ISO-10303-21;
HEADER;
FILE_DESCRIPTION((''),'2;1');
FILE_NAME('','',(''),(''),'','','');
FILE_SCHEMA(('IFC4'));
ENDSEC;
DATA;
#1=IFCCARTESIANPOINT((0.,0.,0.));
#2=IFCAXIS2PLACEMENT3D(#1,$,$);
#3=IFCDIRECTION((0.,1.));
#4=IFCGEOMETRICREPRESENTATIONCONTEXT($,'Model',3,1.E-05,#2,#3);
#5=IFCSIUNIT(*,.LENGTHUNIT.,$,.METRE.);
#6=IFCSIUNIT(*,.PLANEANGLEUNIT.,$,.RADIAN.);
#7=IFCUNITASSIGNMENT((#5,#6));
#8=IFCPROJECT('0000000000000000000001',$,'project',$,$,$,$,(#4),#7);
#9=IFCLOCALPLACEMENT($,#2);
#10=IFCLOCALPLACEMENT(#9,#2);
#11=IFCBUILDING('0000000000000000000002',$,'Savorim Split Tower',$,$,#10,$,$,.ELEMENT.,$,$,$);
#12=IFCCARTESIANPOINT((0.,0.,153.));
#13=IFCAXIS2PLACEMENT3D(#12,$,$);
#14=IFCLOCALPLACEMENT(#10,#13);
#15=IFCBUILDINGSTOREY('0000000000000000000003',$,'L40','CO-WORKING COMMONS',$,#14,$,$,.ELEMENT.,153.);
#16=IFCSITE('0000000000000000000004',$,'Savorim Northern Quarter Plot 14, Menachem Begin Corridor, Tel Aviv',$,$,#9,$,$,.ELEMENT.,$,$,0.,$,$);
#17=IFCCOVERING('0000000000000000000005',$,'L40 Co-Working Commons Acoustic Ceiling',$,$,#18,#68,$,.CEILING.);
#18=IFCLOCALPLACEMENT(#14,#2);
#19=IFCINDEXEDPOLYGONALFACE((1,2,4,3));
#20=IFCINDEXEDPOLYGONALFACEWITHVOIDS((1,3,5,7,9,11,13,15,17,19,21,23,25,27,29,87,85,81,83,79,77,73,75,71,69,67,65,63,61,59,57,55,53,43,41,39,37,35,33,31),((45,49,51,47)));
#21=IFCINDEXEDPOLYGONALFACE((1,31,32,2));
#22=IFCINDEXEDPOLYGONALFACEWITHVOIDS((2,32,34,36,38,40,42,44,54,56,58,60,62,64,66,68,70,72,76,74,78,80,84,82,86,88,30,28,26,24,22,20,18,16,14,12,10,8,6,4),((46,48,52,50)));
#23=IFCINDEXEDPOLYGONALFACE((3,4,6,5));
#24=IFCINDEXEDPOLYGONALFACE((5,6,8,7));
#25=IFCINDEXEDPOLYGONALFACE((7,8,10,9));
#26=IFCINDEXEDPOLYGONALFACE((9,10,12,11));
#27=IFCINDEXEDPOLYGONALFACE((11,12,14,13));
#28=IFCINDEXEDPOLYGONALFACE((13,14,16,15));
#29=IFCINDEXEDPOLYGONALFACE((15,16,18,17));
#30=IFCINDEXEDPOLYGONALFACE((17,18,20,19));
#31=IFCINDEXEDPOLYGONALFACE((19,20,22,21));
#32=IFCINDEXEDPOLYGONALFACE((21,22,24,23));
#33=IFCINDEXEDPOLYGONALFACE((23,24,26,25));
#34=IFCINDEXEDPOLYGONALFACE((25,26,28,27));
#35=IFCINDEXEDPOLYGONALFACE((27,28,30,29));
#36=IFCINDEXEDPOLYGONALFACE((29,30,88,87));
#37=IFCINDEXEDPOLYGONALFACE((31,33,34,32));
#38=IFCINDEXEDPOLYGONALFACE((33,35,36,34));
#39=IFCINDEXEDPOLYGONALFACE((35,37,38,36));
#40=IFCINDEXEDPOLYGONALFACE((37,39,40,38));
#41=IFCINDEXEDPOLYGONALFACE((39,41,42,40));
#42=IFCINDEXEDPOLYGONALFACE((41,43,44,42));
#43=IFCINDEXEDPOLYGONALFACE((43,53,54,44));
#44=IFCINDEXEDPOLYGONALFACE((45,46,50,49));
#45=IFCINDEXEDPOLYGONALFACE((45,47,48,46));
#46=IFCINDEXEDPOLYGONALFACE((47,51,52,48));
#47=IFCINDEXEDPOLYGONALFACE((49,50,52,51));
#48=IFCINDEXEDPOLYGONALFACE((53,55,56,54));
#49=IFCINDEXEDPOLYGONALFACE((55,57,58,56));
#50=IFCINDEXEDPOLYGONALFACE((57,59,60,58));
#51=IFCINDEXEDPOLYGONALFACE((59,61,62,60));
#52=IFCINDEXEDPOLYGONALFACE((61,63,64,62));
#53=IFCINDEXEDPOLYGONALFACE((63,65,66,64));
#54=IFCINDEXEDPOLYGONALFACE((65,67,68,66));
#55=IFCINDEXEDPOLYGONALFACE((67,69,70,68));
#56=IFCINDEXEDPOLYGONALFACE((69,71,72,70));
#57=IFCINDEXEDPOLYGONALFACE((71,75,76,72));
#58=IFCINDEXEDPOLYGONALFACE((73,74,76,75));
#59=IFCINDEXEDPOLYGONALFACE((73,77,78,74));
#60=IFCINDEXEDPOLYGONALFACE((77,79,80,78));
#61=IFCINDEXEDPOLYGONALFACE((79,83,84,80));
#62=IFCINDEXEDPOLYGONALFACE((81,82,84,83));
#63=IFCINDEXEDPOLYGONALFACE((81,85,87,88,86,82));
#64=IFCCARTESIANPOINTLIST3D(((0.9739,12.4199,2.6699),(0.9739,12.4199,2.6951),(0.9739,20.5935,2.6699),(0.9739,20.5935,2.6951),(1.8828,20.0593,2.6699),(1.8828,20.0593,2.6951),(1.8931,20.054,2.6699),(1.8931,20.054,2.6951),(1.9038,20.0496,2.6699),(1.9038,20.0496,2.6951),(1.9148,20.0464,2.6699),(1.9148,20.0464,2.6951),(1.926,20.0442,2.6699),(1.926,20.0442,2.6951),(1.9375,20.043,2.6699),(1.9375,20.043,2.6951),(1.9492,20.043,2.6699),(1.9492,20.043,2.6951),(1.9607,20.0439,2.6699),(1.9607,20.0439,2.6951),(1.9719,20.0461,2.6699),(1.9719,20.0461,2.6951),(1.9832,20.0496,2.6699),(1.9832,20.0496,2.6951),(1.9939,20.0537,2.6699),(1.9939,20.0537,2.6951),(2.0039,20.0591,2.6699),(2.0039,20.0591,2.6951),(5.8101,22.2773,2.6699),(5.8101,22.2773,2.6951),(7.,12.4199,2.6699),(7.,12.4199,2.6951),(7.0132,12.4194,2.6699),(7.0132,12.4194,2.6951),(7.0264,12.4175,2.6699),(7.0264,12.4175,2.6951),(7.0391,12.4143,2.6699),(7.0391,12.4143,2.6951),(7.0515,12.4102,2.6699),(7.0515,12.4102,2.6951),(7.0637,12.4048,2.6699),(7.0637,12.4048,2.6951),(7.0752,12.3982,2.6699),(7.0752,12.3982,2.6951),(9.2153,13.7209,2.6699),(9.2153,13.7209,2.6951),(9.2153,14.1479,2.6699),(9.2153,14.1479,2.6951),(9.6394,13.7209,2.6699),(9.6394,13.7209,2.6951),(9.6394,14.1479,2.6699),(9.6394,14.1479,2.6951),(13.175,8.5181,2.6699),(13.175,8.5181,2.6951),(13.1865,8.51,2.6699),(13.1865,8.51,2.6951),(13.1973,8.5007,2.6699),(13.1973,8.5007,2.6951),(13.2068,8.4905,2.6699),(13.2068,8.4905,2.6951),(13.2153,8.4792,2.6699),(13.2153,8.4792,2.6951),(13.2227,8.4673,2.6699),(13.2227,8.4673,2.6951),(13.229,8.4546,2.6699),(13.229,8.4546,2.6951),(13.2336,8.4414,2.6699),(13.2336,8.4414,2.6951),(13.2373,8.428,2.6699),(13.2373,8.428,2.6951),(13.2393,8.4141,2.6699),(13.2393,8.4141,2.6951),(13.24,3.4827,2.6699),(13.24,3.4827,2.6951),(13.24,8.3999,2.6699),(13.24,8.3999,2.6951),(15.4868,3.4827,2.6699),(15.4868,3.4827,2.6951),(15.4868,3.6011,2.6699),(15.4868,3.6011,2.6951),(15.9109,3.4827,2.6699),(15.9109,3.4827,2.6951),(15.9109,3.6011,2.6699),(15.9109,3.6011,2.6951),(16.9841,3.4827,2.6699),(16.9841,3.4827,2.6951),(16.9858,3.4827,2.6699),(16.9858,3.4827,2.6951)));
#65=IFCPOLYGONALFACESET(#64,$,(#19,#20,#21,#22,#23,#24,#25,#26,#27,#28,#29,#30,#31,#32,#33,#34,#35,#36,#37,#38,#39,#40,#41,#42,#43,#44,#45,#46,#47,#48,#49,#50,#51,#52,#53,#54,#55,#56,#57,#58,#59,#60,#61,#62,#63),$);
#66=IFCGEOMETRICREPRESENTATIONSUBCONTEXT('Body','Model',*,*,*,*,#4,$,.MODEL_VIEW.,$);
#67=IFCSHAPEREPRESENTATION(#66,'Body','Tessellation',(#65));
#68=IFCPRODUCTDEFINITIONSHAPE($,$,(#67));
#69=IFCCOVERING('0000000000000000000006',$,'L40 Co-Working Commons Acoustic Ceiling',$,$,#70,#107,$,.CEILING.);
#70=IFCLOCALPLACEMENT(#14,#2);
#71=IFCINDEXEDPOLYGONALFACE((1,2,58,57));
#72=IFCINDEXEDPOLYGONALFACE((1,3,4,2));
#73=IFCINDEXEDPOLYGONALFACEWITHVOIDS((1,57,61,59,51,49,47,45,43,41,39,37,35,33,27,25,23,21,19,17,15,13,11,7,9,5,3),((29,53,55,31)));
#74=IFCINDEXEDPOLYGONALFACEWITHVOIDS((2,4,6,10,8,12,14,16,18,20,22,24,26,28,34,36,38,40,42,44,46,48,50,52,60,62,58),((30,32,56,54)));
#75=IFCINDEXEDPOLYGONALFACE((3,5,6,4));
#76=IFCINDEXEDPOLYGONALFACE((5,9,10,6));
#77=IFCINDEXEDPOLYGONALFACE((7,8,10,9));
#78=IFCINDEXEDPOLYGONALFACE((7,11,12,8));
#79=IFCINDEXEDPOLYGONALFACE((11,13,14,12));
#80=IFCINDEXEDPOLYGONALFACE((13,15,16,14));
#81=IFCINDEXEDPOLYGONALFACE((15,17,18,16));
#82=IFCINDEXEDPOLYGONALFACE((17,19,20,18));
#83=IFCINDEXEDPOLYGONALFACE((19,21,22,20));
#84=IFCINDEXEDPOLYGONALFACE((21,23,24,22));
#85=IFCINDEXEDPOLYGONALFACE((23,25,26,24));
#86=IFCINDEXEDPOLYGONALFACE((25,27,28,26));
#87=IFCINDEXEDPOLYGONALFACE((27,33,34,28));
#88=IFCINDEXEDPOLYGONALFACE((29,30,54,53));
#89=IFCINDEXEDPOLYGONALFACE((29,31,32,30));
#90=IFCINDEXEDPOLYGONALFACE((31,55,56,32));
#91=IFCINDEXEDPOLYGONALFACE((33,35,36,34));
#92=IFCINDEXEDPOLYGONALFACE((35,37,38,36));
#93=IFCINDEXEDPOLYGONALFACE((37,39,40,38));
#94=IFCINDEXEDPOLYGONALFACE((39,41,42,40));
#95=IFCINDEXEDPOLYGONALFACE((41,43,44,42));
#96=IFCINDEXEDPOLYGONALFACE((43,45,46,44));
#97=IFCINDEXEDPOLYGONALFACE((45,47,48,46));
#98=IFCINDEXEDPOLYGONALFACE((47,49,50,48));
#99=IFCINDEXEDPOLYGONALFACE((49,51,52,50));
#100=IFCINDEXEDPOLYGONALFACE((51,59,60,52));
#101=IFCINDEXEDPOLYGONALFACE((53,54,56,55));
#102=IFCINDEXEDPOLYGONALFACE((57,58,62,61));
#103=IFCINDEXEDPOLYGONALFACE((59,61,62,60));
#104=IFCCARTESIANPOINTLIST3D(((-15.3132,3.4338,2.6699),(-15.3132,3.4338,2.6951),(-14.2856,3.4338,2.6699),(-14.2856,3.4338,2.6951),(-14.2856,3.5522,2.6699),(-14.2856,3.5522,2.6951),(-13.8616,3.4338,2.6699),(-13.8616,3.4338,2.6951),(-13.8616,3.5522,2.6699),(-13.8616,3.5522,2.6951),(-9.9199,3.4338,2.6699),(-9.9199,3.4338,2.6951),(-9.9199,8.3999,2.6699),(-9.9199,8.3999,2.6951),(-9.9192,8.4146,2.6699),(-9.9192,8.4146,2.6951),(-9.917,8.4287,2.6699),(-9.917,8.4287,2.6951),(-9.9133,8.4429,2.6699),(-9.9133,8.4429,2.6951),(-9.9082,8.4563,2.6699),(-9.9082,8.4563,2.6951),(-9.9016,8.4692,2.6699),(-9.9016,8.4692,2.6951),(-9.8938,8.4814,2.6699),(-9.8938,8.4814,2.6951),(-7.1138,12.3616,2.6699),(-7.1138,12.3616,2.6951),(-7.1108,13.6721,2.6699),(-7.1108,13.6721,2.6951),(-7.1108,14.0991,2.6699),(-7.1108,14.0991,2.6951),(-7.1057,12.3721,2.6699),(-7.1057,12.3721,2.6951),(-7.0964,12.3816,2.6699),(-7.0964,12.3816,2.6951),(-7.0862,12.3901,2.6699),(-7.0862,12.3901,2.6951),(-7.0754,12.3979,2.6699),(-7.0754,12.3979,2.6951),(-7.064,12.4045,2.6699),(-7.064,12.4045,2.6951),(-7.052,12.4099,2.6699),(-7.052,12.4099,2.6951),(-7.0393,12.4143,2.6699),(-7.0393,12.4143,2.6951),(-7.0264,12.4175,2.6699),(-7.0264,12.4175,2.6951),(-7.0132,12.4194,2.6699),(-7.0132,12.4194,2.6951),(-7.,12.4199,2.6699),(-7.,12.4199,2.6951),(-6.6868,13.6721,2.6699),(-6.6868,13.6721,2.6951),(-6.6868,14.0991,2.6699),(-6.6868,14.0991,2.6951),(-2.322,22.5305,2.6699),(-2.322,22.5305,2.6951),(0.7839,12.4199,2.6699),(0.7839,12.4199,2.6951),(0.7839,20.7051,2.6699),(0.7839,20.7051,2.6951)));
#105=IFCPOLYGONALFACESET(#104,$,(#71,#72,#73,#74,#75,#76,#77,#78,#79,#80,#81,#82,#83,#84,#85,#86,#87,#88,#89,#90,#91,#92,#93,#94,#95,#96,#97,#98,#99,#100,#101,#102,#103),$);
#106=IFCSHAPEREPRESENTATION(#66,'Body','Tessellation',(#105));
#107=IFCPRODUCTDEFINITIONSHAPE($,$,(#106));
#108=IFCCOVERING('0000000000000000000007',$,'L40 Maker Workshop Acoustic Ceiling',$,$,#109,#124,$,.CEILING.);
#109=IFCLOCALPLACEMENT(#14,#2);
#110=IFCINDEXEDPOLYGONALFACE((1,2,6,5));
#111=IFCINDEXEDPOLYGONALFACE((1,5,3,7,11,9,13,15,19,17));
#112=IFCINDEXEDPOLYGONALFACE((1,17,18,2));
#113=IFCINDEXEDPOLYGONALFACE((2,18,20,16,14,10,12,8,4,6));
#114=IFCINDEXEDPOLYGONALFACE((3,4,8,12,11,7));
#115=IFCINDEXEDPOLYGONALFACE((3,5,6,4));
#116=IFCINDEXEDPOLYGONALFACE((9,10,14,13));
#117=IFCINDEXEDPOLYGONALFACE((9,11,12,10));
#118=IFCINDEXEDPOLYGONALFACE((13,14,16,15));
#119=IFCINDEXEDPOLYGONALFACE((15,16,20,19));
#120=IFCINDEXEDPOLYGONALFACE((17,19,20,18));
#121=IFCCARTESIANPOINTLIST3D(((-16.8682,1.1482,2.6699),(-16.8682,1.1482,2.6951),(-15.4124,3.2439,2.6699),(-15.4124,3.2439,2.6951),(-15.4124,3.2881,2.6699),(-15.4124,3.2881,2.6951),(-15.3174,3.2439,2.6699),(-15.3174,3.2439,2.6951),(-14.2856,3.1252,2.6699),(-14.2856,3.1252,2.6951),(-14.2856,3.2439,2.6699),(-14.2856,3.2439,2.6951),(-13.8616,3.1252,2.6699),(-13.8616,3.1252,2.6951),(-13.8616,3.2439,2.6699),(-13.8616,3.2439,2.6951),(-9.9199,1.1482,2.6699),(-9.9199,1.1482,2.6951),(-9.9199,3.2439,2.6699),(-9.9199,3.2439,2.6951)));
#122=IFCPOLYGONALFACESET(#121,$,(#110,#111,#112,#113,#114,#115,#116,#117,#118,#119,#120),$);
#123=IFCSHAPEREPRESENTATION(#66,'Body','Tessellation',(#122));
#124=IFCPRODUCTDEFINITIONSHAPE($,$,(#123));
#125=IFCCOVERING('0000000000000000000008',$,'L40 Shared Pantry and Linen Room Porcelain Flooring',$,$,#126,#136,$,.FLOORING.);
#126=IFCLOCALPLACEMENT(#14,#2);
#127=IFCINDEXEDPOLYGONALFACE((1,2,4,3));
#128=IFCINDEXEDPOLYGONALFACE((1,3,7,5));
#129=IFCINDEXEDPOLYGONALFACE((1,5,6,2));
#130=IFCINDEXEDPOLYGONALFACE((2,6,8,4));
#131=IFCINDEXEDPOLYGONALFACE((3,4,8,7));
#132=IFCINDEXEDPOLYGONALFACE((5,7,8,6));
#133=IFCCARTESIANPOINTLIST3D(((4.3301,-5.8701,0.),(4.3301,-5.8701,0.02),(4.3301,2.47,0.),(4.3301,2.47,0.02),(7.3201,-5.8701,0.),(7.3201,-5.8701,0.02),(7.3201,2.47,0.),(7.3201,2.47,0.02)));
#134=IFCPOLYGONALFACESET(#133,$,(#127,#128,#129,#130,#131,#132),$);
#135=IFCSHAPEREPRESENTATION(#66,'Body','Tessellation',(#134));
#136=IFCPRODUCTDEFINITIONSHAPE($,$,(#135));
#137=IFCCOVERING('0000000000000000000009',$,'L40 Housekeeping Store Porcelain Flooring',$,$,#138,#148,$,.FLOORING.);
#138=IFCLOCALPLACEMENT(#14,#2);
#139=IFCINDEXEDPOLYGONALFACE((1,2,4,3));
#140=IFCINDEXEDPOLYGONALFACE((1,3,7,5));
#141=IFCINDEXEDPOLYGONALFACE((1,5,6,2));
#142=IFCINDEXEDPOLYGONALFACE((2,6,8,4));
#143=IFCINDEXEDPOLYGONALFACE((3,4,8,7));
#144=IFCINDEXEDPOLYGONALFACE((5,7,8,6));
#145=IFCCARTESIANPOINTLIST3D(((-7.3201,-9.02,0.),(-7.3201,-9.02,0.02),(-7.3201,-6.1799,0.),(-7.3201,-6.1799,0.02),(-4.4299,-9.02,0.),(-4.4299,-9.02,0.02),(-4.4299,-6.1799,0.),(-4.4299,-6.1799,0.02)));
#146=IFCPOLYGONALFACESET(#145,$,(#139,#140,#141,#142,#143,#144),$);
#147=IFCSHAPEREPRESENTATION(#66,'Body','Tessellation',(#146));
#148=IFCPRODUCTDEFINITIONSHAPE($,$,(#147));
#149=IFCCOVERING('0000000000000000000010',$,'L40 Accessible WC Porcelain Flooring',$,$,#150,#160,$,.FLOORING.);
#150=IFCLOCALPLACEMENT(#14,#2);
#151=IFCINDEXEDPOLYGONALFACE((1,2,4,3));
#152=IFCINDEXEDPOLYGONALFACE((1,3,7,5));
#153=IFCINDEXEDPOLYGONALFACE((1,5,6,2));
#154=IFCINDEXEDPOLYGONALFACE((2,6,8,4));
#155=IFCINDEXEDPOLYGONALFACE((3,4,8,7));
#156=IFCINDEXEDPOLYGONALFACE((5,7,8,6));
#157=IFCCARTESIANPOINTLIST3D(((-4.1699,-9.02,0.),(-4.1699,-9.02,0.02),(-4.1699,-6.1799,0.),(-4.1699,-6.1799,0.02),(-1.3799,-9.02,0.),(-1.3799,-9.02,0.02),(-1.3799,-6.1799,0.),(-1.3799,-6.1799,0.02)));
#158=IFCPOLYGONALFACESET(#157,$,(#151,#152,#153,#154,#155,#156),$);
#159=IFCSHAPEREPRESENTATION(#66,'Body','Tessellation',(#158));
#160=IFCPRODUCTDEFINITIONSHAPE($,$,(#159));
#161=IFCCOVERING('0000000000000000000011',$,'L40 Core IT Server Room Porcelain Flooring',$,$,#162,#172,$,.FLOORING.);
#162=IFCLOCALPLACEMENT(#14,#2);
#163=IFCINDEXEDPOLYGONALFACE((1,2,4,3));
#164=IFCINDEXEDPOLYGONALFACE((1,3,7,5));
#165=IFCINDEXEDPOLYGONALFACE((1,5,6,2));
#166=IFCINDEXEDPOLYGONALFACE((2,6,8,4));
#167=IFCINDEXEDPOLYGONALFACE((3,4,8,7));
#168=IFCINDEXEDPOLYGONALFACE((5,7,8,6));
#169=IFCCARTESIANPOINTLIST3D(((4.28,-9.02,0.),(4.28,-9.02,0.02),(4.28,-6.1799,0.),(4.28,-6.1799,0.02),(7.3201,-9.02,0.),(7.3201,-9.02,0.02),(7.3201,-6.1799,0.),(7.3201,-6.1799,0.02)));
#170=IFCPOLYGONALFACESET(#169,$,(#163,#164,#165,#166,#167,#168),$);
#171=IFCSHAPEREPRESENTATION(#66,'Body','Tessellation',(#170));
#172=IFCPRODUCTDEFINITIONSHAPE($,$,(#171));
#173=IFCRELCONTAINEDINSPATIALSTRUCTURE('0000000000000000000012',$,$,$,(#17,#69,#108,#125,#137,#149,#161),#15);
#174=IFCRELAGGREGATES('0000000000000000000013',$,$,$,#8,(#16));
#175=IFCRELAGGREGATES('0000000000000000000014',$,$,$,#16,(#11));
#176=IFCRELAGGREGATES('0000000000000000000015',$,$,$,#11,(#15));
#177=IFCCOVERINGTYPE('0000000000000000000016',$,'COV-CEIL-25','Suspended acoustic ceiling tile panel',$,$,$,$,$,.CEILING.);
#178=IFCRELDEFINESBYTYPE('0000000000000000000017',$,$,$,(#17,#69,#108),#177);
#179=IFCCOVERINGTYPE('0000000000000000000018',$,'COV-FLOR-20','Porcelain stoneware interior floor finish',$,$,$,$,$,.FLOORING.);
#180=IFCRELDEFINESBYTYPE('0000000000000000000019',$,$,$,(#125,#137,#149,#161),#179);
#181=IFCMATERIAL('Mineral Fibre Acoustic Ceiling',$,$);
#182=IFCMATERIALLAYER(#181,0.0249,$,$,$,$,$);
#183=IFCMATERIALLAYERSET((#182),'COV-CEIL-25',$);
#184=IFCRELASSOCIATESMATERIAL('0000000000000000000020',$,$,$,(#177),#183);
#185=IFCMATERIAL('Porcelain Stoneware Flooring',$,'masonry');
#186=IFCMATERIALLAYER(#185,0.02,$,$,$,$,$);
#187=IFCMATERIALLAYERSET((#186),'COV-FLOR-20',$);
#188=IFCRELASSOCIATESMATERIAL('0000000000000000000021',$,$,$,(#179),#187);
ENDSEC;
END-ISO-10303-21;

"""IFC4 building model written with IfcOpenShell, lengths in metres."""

from ifc_helpers import new_model, si_unit, direction, frame, origin, place, context, subcontext, project, spatial, polyline, outline, extrude, material, layer, layer_set, type_object, element, save


model = new_model("IFC4")

# Units and contexts
model_context = context("Model", 3, precision=1e-05, world=origin(), true_north=direction((0.0, 1.0)))
body_context = subcontext(model_context, "Body", "Model", "MODEL_VIEW")
ifc_project = project(units=[si_unit("LENGTHUNIT", "METRE"), si_unit("PLANEANGLEUNIT", "RADIAN")], contexts=[model_context])

# Site, building, storey
site_placement = place(None, origin())
site = spatial("IfcSite", under=ifc_project, at=site_placement, Name="Savorim Northern Quarter Plot 14, Menachem Begin Corridor, Tel Aviv", CompositionType="ELEMENT", RefElevation=0.0)
building_placement = place(site_placement, origin())
building = spatial("IfcBuilding", under=site, at=building_placement, Name="Savorim Split Tower", CompositionType="ELEMENT")
storey_placement = place(building_placement, frame((0.0, 0.0, 153.0)))
storey = spatial("IfcBuildingStorey", under=building, at=storey_placement, Name="L40", Description="CO-WORKING COMMONS", CompositionType="ELEMENT", Elevation=153.0)

# Coverings
ifc_material_1 = material(Name="Mineral Fibre Acoustic Ceiling")
ifc_layer_1 = layer(ifc_material_1, 0.0249)
ifc_layer_set_1 = layer_set([ifc_layer_1], Name="COV-CEIL-25")
covering_type_1 = type_object("IfcCoveringType", Name="COV-CEIL-25", Description="Suspended acoustic ceiling tile panel", PredefinedType="CEILING", material=ifc_layer_set_1)
covering_1_placement = place(storey_placement, frame((0.0, 0.0, 2.6699)))
element("IfcCovering", 1, at=covering_1_placement, inside=storey, type_object=covering_type_1, Name="L40 Co-Working Commons Acoustic Ceiling", PredefinedType="CEILING", context=body_context, shape_type="SweptSolid", body=[
    extrude(outline(polyline([(1.9038, 20.0496), (1.8931, 20.054), (1.8828, 20.0593), (0.9739, 20.5935), (0.9739, 12.4199), (7.0, 12.4199), (7.0132, 12.4194), (7.0264, 12.4175), (7.0391, 12.4143), (7.0515, 12.4102), (7.0637, 12.4048), (7.0752, 12.3982), (13.175, 8.5181), (13.1865, 8.51), (13.1973, 8.5007), (13.2068, 8.4905), (13.2153, 8.4792), (13.2227, 8.4673), (13.229, 8.4546), (13.2336, 8.4414), (13.2373, 8.428), (13.2393, 8.4141), (13.24, 8.3999), (13.24, 3.4827), (15.4868, 3.4827), (15.4868, 3.6011), (15.9109, 3.6011), (15.9109, 3.4827), (16.9841, 3.4827), (16.9858, 3.4827), (5.8101, 22.2773), (2.0039, 20.0591), (1.9939, 20.0537), (1.9832, 20.0496), (1.9719, 20.0461), (1.9607, 20.0439), (1.9492, 20.043), (1.9375, 20.043), (1.926, 20.0442), (1.9148, 20.0464), (1.9038, 20.0496)]), holes=[polyline([(9.6394, 14.1479), (9.2153, 14.1479), (9.2153, 13.7209), (9.6394, 13.7209), (9.6394, 14.1479)])]), origin(), (0.0, 0.0, 1.0), 0.0251),
])
covering_2_placement = place(storey_placement, frame((0.0, 0.0, 2.6699)))
element("IfcCovering", 2, at=covering_2_placement, inside=storey, type_object=covering_type_1, Name="L40 Co-Working Commons Acoustic Ceiling", PredefinedType="CEILING", context=body_context, shape_type="SweptSolid", body=[
    extrude(outline(polyline([(-7.0, 12.4199), (0.7839, 12.4199), (0.7839, 20.7051), (-2.322, 22.5305), (-15.3132, 3.4338), (-14.2856, 3.4338), (-14.2856, 3.5522), (-13.8616, 3.5522), (-13.8616, 3.4338), (-9.9199, 3.4338), (-9.9199, 8.3999), (-9.9192, 8.4146), (-9.917, 8.4287), (-9.9133, 8.4429), (-9.9082, 8.4563), (-9.9016, 8.4692), (-9.8938, 8.4814), (-7.1138, 12.3616), (-7.1057, 12.3721), (-7.0964, 12.3816), (-7.0862, 12.3901), (-7.0754, 12.3979), (-7.064, 12.4045), (-7.052, 12.4099), (-7.0393, 12.4143), (-7.0264, 12.4175), (-7.0132, 12.4194), (-7.0, 12.4199)]), holes=[polyline([(-6.6868, 14.0991), (-7.1108, 14.0991), (-7.1108, 13.6721), (-6.6868, 13.6721), (-6.6868, 14.0991)])]), origin(), (0.0, 0.0, 1.0), 0.0251),
])
covering_3_placement = place(storey_placement, frame((0.0, 0.0, 2.6699)))
element("IfcCovering", 3, at=covering_3_placement, inside=storey, type_object=covering_type_1, Name="L40 Maker Workshop Acoustic Ceiling", PredefinedType="CEILING", context=body_context, shape_type="SweptSolid", body=[
    extrude(outline(polyline([(-14.2856, 3.2439), (-15.3174, 3.2439), (-15.4124, 3.2439), (-15.4124, 3.2881), (-16.8682, 1.1482), (-9.9199, 1.1482), (-9.9199, 3.2439), (-13.8616, 3.2439), (-13.8616, 3.1252), (-14.2856, 3.1252), (-14.2856, 3.2439)])), origin(), (0.0, 0.0, 1.0), 0.0251),
])
ifc_material_2 = material(Name="Porcelain Stoneware Flooring", Category="masonry")
ifc_layer_2 = layer(ifc_material_2, 0.02)
ifc_layer_set_2 = layer_set([ifc_layer_2], Name="COV-FLOR-20")
covering_type_2 = type_object("IfcCoveringType", Name="COV-FLOR-20", Description="Porcelain stoneware interior floor finish", PredefinedType="FLOORING", material=ifc_layer_set_2)
covering_4_placement = place(storey_placement, origin())
element("IfcCovering", 4, at=covering_4_placement, inside=storey, type_object=covering_type_2, Name="L40 Shared Pantry and Linen Room Porcelain Flooring", PredefinedType="FLOORING", context=body_context, shape_type="SweptSolid", body=[
    extrude(outline(polyline([(4.3301, 2.47), (4.3301, -5.8701), (7.3201, -5.8701), (7.3201, 2.47), (4.3301, 2.47)])), origin(), (0.0, 0.0, 1.0), 0.02),
])
covering_5_placement = place(storey_placement, origin())
element("IfcCovering", 5, at=covering_5_placement, inside=storey, type_object=covering_type_2, Name="L40 Housekeeping Store Porcelain Flooring", PredefinedType="FLOORING", context=body_context, shape_type="SweptSolid", body=[
    extrude(outline(polyline([(-7.3201, -6.1799), (-7.3201, -9.02), (-4.4299, -9.02), (-4.4299, -6.1799), (-7.3201, -6.1799)])), origin(), (0.0, 0.0, 1.0), 0.02),
])
covering_6_placement = place(storey_placement, origin())
element("IfcCovering", 6, at=covering_6_placement, inside=storey, type_object=covering_type_2, Name="L40 Accessible WC Porcelain Flooring", PredefinedType="FLOORING", context=body_context, shape_type="SweptSolid", body=[
    extrude(outline(polyline([(-4.1699, -6.1799), (-4.1699, -9.02), (-1.3799, -9.02), (-1.3799, -6.1799), (-4.1699, -6.1799)])), origin(), (0.0, 0.0, 1.0), 0.02),
])
covering_7_placement = place(storey_placement, origin())
element("IfcCovering", 7, at=covering_7_placement, inside=storey, type_object=covering_type_2, Name="L40 Core IT Server Room Porcelain Flooring", PredefinedType="FLOORING", context=body_context, shape_type="SweptSolid", body=[
    extrude(outline(polyline([(4.28, -6.1799), (4.28, -9.02), (7.3201, -9.02), (7.3201, -6.1799), (4.28, -6.1799)])), origin(), (0.0, 0.0, 1.0), 0.02),
])

save(model, "model.ifc")
